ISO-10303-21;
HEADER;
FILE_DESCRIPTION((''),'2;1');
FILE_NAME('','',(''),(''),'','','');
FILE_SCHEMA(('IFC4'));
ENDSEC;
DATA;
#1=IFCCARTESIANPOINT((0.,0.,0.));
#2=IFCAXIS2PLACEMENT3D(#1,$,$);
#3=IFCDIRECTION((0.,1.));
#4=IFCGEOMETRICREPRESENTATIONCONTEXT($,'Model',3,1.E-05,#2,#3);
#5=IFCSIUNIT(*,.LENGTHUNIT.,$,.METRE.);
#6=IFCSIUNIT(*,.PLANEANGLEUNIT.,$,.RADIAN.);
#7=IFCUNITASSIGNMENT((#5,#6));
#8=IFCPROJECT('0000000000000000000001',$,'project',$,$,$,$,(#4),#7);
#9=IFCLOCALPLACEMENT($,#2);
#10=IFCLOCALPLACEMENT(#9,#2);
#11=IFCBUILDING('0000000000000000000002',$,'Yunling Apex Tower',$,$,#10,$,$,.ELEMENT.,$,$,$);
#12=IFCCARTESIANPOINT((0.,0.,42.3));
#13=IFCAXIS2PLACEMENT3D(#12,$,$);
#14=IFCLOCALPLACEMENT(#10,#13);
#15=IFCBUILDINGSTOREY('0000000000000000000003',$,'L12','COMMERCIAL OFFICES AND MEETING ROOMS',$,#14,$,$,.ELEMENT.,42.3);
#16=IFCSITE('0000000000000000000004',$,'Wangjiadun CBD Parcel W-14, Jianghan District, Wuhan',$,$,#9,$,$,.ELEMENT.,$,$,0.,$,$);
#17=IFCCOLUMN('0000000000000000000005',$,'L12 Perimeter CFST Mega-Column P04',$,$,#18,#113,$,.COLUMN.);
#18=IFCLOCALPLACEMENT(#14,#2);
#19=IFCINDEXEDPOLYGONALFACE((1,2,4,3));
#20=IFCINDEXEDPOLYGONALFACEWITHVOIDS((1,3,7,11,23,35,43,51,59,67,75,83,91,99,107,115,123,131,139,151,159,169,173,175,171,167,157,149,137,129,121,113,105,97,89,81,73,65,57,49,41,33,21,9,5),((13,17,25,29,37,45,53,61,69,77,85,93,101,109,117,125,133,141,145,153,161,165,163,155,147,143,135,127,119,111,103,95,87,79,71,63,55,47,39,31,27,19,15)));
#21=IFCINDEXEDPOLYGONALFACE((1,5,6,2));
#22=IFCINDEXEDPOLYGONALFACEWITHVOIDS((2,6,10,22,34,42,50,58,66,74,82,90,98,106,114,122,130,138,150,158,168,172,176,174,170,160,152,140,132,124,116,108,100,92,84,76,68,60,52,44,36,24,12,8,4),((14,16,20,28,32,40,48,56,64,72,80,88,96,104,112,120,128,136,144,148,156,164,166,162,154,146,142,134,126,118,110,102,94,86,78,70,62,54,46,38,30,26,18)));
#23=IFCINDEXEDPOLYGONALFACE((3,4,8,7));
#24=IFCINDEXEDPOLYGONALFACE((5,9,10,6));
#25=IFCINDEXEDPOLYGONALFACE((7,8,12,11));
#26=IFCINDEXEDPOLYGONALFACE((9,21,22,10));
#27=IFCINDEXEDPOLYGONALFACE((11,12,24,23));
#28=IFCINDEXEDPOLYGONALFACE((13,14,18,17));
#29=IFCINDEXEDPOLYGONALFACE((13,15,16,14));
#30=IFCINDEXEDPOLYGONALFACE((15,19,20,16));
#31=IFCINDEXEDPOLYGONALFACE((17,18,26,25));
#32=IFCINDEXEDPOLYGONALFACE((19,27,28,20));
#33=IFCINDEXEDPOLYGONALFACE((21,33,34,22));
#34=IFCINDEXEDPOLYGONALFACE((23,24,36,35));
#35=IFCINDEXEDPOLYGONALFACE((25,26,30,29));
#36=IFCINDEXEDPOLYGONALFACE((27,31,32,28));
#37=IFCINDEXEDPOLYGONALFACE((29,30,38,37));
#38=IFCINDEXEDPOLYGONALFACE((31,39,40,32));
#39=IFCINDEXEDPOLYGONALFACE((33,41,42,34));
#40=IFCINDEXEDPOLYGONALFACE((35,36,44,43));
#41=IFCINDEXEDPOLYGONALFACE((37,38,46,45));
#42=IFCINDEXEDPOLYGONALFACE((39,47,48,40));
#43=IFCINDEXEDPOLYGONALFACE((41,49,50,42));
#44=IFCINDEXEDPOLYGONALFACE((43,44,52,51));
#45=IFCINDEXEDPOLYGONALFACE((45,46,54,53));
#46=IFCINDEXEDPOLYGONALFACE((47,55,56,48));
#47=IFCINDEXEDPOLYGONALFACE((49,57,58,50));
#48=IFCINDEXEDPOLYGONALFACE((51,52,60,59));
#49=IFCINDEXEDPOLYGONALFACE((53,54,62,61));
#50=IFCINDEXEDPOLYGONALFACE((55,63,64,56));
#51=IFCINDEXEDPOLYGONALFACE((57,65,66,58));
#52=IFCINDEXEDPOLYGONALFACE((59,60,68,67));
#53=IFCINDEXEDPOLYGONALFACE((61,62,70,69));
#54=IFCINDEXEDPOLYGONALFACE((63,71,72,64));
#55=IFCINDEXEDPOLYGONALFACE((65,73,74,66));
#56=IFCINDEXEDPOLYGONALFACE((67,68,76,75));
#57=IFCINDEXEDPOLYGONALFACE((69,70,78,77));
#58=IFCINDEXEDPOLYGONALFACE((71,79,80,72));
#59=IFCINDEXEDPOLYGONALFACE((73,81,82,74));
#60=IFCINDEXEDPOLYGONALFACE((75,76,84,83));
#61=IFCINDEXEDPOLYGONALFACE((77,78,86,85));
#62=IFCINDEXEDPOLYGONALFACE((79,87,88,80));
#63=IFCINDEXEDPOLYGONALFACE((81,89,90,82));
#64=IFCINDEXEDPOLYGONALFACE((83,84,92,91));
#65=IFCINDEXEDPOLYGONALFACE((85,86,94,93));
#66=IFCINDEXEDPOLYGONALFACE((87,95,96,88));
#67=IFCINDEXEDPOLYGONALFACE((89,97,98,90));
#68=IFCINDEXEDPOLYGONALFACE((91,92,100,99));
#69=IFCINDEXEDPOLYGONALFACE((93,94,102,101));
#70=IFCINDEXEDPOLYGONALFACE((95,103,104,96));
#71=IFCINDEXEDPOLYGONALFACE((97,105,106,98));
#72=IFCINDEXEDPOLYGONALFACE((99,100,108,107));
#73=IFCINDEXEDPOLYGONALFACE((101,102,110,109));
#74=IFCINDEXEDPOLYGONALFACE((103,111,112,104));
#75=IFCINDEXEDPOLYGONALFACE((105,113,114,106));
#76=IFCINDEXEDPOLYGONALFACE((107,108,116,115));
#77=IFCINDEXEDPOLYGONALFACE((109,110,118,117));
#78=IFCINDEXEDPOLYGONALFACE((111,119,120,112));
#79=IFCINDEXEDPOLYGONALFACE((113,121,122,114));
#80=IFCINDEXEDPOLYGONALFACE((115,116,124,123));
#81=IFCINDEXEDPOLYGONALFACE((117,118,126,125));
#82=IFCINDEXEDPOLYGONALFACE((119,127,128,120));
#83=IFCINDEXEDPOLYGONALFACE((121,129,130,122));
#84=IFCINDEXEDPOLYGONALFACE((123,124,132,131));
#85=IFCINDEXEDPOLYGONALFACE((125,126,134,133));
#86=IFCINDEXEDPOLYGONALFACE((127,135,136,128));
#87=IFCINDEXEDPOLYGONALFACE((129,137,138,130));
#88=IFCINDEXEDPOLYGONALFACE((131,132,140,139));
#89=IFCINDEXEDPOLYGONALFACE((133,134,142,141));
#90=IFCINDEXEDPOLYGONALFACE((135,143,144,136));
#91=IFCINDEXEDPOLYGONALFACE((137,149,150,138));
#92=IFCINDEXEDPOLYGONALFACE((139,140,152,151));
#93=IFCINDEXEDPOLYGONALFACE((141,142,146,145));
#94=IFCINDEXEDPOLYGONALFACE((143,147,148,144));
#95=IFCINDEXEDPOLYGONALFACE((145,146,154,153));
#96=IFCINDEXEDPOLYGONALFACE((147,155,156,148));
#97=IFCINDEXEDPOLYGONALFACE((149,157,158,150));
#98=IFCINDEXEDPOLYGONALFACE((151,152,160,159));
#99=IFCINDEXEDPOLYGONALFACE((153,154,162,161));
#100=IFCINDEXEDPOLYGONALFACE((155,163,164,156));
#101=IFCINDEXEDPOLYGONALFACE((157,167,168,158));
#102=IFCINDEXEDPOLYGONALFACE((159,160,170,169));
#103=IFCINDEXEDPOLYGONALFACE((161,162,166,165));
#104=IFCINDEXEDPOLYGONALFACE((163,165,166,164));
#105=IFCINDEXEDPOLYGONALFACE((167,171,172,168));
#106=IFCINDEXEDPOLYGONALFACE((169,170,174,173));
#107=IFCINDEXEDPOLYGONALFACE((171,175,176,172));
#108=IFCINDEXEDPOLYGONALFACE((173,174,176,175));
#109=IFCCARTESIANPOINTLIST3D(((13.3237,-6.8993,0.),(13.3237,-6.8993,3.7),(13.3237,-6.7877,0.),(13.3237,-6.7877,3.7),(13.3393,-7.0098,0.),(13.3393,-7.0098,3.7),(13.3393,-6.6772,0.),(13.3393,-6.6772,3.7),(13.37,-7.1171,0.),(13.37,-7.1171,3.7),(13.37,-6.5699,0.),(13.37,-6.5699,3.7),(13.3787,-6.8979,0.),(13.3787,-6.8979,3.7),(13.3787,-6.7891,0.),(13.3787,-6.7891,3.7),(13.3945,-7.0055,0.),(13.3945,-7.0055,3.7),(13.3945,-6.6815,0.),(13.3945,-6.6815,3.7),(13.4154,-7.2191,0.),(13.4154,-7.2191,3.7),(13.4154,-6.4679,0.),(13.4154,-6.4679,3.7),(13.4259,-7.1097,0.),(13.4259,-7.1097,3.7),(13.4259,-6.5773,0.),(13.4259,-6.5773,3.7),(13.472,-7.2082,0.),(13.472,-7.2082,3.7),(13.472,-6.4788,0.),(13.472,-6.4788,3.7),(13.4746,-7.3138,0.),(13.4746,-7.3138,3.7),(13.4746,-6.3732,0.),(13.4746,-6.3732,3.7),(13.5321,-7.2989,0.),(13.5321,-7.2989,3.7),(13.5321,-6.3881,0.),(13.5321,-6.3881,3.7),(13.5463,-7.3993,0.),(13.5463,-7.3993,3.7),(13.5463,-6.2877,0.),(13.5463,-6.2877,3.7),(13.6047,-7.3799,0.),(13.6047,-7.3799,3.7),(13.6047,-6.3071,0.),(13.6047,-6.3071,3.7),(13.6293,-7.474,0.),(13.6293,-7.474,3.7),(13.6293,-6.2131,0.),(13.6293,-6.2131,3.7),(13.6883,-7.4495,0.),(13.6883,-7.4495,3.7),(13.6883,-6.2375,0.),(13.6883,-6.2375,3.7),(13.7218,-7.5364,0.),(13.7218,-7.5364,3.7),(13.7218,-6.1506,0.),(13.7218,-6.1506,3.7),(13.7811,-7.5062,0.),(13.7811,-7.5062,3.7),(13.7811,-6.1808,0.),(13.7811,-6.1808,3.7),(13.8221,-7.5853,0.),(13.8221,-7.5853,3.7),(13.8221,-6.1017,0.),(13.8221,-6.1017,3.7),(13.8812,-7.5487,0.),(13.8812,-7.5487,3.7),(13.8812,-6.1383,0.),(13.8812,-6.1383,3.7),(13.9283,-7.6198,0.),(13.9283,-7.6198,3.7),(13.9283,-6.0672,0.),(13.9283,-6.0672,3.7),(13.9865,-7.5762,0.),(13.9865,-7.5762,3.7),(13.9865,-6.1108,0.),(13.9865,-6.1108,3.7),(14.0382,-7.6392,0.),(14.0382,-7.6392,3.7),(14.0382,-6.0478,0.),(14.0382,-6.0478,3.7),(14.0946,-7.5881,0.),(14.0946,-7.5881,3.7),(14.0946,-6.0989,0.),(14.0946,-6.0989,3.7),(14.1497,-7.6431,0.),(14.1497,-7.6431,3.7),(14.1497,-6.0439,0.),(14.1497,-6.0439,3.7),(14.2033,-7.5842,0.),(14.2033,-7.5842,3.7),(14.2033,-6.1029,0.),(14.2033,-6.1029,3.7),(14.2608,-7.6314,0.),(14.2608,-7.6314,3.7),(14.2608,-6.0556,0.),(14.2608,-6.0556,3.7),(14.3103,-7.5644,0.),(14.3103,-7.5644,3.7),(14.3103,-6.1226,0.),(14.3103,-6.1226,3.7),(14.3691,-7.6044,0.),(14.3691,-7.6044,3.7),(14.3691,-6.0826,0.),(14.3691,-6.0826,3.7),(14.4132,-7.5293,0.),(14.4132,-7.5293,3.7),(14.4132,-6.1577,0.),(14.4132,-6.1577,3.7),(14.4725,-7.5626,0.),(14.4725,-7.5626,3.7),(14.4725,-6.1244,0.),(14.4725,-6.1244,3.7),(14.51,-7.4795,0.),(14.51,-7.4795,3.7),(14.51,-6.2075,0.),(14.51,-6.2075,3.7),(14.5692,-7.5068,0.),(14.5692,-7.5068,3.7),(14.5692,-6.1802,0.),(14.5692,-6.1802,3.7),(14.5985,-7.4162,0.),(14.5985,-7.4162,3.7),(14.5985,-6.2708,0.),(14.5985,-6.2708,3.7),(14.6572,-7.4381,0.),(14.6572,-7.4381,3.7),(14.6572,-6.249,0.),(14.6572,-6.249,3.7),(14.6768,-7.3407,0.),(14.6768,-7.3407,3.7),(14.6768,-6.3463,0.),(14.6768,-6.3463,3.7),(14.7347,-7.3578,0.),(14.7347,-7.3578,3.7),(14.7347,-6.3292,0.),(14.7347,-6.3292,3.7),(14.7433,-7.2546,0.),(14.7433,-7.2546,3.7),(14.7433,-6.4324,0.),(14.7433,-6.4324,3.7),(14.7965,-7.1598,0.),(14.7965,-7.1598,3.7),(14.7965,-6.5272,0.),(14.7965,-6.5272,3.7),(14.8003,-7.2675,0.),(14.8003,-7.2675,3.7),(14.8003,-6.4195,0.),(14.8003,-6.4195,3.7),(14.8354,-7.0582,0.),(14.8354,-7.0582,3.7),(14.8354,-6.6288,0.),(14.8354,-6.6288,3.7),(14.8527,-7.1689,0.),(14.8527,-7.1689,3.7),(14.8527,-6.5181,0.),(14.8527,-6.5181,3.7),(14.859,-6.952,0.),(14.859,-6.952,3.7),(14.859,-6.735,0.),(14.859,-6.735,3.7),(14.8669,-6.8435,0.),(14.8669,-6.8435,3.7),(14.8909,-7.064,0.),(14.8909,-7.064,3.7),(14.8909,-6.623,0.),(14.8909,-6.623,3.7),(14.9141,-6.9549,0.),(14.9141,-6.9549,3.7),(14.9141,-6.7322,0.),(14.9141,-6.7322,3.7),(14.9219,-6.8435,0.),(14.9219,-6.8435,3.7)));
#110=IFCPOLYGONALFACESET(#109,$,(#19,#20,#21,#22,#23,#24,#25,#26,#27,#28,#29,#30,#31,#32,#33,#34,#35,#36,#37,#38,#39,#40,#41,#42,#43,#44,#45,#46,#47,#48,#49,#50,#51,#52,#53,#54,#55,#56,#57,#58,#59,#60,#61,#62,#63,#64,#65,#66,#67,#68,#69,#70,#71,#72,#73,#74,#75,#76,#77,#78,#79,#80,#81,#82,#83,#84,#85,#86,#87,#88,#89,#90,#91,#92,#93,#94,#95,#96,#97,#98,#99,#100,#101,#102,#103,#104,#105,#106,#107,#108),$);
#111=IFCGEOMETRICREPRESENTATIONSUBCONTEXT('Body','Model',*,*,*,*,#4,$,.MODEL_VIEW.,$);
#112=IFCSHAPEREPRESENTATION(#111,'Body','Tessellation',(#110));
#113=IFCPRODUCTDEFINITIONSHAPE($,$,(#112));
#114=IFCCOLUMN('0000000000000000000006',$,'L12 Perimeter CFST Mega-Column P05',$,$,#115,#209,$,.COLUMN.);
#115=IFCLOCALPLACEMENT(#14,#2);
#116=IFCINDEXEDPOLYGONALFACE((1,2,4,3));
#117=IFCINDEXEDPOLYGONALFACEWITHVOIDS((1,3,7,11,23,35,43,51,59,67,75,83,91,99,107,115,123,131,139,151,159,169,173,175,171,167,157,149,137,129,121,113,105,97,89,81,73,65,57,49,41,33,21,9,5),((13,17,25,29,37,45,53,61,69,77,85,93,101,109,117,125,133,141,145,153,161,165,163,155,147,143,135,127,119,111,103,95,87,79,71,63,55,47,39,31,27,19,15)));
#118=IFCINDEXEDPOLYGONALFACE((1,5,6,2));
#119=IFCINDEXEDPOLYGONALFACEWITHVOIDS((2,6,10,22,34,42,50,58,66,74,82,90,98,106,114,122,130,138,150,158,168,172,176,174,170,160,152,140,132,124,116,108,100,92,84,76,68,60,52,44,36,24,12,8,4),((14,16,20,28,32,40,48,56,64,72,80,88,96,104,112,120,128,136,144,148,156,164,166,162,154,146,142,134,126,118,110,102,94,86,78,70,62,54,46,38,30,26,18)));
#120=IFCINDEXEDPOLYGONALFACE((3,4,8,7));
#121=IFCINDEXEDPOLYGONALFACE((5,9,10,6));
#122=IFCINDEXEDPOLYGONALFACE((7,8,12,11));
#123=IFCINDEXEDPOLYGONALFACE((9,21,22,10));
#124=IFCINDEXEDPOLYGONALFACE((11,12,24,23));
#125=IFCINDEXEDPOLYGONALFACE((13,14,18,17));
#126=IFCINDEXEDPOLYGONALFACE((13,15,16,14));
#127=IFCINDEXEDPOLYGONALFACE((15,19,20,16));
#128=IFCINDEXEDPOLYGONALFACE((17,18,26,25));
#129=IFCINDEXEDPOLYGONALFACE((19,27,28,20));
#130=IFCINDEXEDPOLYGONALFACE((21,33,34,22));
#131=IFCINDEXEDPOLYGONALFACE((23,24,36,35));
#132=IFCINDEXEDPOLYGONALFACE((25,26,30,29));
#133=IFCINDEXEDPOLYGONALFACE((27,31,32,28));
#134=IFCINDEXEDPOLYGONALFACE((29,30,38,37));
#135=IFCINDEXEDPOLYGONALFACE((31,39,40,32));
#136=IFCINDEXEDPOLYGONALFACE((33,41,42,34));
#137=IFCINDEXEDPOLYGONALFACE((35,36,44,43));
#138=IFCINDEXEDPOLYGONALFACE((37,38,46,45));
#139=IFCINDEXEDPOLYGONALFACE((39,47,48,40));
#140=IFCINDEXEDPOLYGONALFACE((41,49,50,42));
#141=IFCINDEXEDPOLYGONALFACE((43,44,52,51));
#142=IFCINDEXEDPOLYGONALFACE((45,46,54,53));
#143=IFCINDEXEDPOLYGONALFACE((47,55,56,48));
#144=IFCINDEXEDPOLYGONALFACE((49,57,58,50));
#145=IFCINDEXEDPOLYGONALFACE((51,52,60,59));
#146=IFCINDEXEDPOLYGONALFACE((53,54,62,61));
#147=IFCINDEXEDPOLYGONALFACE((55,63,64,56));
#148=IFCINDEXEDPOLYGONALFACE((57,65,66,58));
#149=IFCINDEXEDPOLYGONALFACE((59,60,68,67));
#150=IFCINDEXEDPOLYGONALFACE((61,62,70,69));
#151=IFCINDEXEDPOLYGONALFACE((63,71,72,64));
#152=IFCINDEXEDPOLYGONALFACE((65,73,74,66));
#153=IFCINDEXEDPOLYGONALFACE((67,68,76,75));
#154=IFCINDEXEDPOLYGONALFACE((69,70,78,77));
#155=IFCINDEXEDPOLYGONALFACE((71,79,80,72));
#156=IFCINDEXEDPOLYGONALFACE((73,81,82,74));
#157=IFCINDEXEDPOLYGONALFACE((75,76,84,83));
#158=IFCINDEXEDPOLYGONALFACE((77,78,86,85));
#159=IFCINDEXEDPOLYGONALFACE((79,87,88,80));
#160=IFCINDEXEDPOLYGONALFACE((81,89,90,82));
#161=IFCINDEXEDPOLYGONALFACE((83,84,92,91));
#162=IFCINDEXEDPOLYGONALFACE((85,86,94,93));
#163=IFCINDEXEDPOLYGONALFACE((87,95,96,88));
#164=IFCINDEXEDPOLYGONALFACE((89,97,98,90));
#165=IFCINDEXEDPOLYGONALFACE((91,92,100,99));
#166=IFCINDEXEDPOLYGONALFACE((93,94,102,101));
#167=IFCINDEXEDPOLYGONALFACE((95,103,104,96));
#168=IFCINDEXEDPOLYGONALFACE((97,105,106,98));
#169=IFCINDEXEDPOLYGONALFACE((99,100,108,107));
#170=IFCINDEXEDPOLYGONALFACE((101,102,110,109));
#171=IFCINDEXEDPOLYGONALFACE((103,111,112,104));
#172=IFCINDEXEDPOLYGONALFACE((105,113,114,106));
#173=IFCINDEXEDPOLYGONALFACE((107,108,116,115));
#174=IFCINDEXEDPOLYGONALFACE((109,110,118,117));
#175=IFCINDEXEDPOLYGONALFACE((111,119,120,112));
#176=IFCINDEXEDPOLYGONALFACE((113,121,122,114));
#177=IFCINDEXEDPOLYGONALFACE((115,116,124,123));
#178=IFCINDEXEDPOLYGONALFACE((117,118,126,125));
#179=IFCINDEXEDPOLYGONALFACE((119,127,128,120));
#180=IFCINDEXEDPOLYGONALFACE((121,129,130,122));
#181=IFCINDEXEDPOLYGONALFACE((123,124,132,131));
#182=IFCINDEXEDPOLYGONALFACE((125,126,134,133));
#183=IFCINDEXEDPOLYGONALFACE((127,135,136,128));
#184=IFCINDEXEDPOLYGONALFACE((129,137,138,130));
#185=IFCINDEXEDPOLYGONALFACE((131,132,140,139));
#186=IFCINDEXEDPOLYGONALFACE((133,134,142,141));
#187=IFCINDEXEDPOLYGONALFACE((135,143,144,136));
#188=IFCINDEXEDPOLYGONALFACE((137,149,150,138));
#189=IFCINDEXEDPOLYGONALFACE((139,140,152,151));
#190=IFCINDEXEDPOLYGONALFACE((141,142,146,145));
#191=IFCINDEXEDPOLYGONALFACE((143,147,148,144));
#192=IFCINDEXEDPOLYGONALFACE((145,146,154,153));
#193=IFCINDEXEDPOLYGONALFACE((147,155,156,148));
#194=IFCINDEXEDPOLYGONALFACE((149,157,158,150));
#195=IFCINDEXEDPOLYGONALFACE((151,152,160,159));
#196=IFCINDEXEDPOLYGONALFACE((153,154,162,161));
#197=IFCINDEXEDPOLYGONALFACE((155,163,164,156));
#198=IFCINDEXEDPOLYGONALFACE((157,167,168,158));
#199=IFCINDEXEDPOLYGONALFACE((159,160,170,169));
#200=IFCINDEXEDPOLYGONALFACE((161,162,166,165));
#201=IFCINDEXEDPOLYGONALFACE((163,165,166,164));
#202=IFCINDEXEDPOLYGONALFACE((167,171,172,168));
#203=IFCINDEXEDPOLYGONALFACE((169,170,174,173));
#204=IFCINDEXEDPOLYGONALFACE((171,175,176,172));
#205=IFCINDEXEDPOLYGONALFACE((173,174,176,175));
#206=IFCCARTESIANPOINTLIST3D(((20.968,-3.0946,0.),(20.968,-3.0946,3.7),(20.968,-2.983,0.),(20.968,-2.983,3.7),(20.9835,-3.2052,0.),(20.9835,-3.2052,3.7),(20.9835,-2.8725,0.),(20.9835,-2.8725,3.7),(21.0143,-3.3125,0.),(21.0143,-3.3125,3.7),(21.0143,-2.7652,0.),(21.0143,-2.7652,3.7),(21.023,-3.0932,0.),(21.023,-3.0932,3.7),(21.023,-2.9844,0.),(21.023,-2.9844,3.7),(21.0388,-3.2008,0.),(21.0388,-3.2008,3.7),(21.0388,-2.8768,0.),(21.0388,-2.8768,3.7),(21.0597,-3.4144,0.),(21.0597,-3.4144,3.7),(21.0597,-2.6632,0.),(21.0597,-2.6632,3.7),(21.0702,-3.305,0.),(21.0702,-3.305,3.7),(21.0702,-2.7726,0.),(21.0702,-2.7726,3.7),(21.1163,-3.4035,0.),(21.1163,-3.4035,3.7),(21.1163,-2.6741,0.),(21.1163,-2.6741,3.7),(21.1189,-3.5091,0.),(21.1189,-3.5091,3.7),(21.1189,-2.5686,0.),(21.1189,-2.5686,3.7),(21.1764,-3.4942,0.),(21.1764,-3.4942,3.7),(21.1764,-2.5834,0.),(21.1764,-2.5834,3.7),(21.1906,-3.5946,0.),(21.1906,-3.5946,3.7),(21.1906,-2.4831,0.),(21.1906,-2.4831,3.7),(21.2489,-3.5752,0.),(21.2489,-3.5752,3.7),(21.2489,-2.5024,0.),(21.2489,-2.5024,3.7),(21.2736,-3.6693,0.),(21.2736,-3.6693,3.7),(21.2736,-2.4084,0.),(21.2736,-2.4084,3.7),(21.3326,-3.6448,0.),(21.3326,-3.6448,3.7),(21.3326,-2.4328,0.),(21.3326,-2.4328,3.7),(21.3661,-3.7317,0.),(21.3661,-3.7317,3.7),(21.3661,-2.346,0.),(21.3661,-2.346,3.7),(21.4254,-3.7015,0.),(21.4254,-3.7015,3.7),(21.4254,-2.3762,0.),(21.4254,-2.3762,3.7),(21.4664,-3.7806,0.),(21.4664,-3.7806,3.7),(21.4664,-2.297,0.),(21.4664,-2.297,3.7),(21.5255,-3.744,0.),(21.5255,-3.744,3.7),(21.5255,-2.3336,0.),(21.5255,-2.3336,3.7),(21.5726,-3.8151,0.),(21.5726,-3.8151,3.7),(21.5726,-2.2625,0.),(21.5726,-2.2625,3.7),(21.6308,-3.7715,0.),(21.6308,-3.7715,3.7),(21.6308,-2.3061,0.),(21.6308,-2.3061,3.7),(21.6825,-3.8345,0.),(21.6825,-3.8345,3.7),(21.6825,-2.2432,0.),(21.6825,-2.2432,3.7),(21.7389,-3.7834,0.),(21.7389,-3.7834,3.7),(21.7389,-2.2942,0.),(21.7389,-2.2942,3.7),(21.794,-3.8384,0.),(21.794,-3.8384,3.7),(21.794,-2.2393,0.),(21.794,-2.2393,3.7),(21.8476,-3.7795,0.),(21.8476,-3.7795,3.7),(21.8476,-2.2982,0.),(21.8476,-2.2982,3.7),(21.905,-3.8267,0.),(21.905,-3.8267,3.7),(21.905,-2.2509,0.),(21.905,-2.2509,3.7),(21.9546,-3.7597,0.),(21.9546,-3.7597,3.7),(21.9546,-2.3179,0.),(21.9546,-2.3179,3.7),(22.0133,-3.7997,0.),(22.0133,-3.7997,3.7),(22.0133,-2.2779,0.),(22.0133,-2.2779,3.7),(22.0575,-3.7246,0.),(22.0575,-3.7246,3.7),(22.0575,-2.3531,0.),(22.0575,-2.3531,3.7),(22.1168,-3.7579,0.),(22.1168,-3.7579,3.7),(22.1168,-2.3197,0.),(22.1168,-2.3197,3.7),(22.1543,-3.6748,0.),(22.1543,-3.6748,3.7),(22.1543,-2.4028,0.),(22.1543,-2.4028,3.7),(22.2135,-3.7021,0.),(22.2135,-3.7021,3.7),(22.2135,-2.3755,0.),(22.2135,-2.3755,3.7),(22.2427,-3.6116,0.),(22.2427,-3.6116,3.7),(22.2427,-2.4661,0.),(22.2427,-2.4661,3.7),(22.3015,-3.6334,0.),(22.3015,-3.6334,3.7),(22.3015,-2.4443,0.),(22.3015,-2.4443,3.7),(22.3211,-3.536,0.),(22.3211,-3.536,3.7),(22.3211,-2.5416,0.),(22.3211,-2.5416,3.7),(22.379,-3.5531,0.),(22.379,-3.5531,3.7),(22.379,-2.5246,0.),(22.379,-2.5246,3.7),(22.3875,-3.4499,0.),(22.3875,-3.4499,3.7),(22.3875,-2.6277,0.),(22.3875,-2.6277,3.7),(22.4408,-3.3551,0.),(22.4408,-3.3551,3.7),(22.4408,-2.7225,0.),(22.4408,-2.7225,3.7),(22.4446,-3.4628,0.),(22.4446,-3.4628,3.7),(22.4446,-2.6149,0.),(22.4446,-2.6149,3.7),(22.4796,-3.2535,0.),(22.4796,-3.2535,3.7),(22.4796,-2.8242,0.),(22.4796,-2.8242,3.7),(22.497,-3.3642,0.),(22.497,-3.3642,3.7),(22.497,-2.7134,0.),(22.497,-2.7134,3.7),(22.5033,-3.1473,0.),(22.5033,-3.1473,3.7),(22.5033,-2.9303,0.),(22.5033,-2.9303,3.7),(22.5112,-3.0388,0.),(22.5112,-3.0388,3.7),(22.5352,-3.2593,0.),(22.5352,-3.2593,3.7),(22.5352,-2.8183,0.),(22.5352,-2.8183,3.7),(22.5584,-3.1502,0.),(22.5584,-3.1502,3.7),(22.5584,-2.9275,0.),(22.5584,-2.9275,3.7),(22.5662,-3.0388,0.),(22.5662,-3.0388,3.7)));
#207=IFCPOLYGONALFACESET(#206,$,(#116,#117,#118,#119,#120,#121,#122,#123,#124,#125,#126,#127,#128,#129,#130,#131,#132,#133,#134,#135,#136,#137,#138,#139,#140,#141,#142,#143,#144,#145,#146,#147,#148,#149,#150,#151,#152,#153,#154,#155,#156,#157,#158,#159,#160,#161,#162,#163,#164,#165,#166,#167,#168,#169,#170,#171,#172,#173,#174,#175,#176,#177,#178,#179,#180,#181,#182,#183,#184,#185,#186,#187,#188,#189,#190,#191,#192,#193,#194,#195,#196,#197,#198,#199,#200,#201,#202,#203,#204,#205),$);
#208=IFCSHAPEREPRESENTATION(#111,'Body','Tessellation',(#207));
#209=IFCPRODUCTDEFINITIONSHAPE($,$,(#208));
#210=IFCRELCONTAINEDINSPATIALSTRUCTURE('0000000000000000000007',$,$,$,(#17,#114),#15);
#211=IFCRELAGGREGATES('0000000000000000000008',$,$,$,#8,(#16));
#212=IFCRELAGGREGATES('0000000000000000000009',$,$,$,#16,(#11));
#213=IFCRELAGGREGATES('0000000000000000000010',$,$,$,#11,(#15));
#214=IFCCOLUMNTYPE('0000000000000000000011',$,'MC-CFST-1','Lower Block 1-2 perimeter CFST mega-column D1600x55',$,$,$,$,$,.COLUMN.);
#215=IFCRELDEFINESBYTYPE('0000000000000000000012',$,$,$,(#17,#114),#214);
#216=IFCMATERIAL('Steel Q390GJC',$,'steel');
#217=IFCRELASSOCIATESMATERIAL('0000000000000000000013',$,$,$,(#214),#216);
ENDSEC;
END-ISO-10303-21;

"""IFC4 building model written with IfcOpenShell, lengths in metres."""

from ifc_helpers import new_model, si_unit, direction, frame, origin, origin_2d, place, context, subcontext, project, spatial, hollow_circle, extrude, source, transform, mapped, material, material_profile, profile_set, type_object, element, save


model = new_model("IFC4")

# Units and contexts
model_context = context("Model", 3, precision=1e-05, world=origin(), true_north=direction((0.0, 1.0)))
body_context = subcontext(model_context, "Body", "Model", "MODEL_VIEW")
ifc_project = project(units=[si_unit("LENGTHUNIT", "METRE"), si_unit("PLANEANGLEUNIT", "RADIAN")], contexts=[model_context])

# Site, building, storey
site_placement = place(None, origin())
site = spatial("IfcSite", under=ifc_project, at=site_placement, Name="Wangjiadun CBD Parcel W-14, Jianghan District, Wuhan", CompositionType="ELEMENT", RefElevation=0.0)
building_placement = place(site_placement, origin())
building = spatial("IfcBuilding", under=site, at=building_placement, Name="Yunling Apex Tower", CompositionType="ELEMENT")
storey_placement = place(building_placement, frame((0.0, 0.0, 42.3)))
storey = spatial("IfcBuildingStorey", under=building, at=storey_placement, Name="L12", Description="COMMERCIAL OFFICES AND MEETING ROOMS", CompositionType="ELEMENT", Elevation=42.3)

# Columns
ifc_material_1 = material(Name="Steel Q390GJC", Category="steel")
ifc_material_profile_1 = material_profile(ifc_material_1, hollow_circle(Radius=0.8, WallThickness=0.0549, at=origin_2d()))
ifc_profile_set_1 = profile_set([ifc_material_profile_1], Name="Steel Q390GJC")
column_type = type_object("IfcColumnType", Name="MC-CFST-1", Description="Lower Block 1-2 perimeter CFST mega-column D1600x55", PredefinedType="COLUMN", material=ifc_profile_set_1)
shared_shape_1 = source(origin(), body_context, "Body", "SweptSolid", [
    extrude(hollow_circle(Radius=0.8, WallThickness=0.0549, at=origin_2d()), origin(), (0.0, 0.0, 1.0), 3.7),
])
for number, where, z_axis, x_axis, name in (
    (1, (14.1218, -6.8435, 0.0), (0.0, 0.0, 1.0), (1.0, 0.0, 0.0), "L12 Perimeter CFST Mega-Column P04"),
    (2, (21.7661, -3.0388, 0.0), (0.0, 0.0, 1.0), (1.0, 0.0, 0.0), "L12 Perimeter CFST Mega-Column P05"),
):
    element("IfcColumn", number, at=place(storey_placement, frame(where, z_axis=z_axis, x_axis=x_axis)), inside=storey, type_object=column_type, Name=name, PredefinedType="COLUMN", context=body_context, shape_type="MappedRepresentation", body=[
        mapped(shared_shape_1, transform((0.0, 0.0, 0.0), scale=1.0)),
    ])

save(model, "model.ifc")
